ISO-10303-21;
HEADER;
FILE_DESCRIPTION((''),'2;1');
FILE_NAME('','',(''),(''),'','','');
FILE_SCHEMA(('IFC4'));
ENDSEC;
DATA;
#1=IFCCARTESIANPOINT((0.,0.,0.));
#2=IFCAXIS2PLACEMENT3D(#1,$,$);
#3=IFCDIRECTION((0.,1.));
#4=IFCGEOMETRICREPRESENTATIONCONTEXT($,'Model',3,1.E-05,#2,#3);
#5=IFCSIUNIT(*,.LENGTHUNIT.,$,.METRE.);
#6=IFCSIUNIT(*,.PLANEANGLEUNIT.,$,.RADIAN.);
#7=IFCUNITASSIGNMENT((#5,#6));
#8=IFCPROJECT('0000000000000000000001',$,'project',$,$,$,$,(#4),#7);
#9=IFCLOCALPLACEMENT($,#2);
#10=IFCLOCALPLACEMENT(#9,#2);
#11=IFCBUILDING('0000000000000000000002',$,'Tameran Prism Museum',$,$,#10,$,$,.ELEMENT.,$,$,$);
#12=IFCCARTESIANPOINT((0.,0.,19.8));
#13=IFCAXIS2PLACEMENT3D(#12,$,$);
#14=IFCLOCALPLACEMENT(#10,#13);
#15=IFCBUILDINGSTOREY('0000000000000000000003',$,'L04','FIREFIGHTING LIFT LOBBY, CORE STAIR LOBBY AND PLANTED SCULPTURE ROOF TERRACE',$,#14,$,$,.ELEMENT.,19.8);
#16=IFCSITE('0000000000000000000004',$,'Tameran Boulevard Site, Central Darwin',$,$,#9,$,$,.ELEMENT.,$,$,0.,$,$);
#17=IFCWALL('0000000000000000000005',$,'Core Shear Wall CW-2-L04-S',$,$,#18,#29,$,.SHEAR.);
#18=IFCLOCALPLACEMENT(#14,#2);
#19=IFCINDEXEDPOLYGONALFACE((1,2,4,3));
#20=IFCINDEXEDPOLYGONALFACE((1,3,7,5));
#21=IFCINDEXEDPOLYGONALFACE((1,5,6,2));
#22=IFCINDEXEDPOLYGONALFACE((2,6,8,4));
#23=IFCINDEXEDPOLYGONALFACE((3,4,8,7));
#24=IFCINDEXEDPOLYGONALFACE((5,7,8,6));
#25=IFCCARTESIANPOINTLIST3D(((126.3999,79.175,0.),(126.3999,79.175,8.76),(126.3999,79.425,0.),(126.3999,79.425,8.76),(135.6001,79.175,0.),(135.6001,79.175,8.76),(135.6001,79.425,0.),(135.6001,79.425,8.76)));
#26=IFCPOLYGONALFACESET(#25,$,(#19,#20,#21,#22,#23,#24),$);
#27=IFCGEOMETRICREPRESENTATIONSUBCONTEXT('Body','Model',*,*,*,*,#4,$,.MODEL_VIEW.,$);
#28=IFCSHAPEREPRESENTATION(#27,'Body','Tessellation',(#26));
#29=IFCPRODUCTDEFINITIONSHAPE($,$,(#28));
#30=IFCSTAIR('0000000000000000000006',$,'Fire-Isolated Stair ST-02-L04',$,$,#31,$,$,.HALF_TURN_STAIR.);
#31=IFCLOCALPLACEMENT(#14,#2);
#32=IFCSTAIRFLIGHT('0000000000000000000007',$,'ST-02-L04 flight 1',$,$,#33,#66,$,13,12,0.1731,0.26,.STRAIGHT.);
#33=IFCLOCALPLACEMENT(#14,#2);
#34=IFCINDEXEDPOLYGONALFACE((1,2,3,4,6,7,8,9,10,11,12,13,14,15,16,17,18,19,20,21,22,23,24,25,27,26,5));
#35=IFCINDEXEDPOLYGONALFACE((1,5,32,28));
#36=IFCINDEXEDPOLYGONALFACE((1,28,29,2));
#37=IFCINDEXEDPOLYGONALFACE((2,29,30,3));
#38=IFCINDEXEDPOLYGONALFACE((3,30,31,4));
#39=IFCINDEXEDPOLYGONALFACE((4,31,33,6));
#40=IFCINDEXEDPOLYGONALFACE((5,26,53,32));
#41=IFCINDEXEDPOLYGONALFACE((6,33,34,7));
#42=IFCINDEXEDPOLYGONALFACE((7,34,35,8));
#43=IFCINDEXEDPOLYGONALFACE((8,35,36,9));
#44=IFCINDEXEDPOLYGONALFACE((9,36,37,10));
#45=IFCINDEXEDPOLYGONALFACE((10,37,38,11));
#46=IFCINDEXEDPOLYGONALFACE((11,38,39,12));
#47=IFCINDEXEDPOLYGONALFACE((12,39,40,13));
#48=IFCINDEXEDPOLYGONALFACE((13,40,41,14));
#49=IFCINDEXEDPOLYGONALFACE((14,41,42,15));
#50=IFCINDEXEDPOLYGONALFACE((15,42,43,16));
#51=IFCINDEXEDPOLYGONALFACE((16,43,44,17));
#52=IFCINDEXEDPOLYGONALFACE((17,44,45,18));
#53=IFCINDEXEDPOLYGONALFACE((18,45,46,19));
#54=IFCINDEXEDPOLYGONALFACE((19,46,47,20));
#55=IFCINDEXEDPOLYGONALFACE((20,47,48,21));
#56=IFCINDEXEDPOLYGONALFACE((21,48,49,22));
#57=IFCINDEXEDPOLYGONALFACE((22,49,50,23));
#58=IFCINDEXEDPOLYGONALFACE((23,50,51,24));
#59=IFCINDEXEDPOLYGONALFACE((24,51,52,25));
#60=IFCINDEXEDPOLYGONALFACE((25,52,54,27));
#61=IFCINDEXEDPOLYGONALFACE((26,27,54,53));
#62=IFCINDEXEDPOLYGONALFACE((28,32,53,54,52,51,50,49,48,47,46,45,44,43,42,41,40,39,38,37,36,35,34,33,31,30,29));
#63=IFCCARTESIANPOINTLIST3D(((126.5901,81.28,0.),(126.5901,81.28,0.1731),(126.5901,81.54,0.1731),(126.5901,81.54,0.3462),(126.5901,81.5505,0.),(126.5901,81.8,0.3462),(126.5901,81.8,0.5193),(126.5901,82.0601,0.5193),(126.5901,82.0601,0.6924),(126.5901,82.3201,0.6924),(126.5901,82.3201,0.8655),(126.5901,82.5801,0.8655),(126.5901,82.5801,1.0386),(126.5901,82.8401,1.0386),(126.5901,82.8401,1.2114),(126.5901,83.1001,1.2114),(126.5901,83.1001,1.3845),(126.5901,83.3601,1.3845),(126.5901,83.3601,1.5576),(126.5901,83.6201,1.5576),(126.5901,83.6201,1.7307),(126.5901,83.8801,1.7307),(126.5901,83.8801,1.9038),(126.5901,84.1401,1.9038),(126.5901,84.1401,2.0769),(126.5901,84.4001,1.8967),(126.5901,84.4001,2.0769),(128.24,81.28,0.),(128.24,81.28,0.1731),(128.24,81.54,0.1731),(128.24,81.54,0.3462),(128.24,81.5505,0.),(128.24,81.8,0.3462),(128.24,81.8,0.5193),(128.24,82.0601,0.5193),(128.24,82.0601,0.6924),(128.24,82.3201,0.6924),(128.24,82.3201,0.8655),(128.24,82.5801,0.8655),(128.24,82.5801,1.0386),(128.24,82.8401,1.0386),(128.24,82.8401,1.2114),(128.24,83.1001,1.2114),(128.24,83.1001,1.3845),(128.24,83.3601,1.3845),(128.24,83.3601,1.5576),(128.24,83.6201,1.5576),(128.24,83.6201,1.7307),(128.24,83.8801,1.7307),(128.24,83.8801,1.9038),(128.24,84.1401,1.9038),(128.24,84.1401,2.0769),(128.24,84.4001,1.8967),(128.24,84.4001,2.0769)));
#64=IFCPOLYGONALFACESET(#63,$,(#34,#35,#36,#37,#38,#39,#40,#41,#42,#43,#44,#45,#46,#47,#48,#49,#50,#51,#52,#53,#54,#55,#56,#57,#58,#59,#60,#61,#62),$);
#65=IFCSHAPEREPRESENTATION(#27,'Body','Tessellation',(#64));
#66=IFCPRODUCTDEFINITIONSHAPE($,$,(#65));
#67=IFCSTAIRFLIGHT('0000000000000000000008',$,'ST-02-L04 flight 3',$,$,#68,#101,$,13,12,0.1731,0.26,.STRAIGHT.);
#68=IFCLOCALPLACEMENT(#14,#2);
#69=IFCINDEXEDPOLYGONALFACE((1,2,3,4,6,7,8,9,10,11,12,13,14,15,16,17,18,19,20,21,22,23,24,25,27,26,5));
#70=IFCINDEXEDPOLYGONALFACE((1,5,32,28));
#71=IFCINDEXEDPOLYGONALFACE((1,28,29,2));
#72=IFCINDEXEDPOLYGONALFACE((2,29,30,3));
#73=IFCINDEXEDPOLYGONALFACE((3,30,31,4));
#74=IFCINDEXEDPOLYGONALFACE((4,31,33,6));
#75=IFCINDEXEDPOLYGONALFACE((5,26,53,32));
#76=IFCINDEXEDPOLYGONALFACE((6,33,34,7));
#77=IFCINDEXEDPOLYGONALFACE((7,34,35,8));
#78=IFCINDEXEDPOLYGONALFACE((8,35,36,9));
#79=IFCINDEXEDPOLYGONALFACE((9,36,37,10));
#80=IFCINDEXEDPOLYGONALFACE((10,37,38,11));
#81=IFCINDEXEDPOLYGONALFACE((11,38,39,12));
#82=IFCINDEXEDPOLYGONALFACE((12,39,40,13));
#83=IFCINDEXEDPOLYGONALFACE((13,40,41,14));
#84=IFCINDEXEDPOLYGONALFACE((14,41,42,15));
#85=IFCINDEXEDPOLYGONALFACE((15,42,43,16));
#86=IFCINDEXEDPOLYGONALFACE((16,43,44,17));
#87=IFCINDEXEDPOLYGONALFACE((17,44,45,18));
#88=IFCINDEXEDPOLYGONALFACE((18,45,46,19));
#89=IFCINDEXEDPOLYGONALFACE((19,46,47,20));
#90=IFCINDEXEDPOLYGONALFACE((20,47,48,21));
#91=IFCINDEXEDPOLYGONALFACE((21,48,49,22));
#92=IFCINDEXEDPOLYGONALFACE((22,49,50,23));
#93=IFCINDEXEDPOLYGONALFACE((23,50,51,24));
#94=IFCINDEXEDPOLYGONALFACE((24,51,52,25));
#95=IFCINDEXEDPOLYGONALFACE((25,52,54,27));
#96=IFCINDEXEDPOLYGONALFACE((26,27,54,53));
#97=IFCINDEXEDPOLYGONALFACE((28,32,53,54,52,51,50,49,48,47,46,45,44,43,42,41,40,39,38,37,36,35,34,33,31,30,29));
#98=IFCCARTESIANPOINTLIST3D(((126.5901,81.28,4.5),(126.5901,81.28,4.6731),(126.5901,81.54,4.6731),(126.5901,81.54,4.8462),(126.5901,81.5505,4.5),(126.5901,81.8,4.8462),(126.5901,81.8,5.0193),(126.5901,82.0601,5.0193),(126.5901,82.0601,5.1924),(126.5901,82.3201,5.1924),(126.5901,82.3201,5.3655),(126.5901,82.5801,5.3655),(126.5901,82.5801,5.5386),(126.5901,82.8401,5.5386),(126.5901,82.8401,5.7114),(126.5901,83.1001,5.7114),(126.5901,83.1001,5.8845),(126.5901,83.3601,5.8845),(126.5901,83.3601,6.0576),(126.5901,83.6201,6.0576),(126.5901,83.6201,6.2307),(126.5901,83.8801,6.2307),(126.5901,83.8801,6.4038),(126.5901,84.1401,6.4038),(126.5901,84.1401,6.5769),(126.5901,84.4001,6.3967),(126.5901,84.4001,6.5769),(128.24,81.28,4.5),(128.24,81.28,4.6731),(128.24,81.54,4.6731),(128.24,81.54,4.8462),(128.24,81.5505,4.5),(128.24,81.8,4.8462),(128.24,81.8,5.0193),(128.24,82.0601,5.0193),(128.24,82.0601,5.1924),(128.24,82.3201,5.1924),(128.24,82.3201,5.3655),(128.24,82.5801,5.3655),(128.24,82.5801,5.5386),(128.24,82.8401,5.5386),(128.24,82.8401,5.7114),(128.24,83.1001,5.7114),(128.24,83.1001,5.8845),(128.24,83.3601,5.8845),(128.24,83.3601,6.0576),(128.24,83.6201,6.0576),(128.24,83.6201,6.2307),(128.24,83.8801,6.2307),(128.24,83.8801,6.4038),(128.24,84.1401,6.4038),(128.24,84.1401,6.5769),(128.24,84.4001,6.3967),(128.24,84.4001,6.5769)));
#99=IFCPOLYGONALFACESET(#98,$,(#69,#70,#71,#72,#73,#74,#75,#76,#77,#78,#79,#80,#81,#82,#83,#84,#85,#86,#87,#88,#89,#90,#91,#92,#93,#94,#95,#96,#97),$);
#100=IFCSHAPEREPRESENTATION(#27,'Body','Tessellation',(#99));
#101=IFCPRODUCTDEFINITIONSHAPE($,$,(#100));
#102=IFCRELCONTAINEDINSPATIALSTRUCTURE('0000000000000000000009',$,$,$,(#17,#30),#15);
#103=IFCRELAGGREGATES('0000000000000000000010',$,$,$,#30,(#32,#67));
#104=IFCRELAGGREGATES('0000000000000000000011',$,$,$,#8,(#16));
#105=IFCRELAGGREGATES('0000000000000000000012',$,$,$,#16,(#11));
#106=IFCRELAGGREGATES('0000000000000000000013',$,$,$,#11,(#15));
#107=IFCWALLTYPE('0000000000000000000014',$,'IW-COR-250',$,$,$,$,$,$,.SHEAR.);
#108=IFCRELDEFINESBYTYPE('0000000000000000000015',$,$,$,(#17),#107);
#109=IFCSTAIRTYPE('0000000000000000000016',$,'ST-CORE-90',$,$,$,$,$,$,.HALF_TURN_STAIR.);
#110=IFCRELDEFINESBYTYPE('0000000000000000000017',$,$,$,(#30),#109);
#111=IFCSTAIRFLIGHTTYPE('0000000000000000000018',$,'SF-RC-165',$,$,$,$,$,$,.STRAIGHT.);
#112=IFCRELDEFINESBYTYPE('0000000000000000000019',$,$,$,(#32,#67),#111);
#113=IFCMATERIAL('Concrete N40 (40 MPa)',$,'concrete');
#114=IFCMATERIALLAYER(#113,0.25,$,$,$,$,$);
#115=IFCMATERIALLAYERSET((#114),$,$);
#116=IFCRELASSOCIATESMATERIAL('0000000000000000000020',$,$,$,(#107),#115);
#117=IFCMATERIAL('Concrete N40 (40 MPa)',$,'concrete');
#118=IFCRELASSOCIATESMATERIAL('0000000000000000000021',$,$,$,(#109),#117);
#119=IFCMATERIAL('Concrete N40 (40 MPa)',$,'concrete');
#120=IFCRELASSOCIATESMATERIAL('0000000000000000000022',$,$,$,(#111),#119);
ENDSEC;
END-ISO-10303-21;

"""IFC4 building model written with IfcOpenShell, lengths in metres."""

from ifc_helpers import new_model, si_unit, direction, frame, frame_2d, origin, place, context, subcontext, project, spatial, polyline, rectangle, outline, extrude, material, layer, layer_set, type_object, element, aggregate, save


model = new_model("IFC4")

# Units and contexts
model_context = context("Model", 3, precision=1e-05, world=origin(), true_north=direction((0.0, 1.0)))
body_context = subcontext(model_context, "Body", "Model", "MODEL_VIEW")
ifc_project = project(units=[si_unit("LENGTHUNIT", "METRE"), si_unit("PLANEANGLEUNIT", "RADIAN")], contexts=[model_context])

# Site, building, storey
site_placement = place(None, origin())
site = spatial("IfcSite", under=ifc_project, at=site_placement, Name="Tameran Boulevard Site, Central Darwin", CompositionType="ELEMENT", RefElevation=0.0)
building_placement = place(site_placement, origin())
building = spatial("IfcBuilding", under=site, at=building_placement, Name="Tameran Prism Museum", CompositionType="ELEMENT")
storey_placement = place(building_placement, frame((0.0, 0.0, 19.8)))
storey = spatial("IfcBuildingStorey", under=building, at=storey_placement, Name="L04", Description="FIREFIGHTING LIFT LOBBY, CORE STAIR LOBBY AND PLANTED SCULPTURE ROOF TERRACE", CompositionType="ELEMENT", Elevation=19.8)

# Wall
ifc_material_1 = material(Name="Concrete N40 (40 MPa)", Category="concrete")
ifc_layer_1 = layer(ifc_material_1, 0.25)
ifc_layer_set_1 = layer_set([ifc_layer_1])
wall_type_1 = type_object("IfcWallType", Name="IW-COR-250", PredefinedType="SHEAR", material=ifc_layer_set_1)
wall_1_placement = place(storey_placement, frame((135.6001, 79.3, 0.0), z_axis=(0.0, 0.0, 1.0), x_axis=(-1.0, 0.0, 0.0)))
element("IfcWall", 1, at=wall_1_placement, inside=storey, type_object=wall_type_1, Name="Core Shear Wall CW-2-L04-S", PredefinedType="SHEAR", context=body_context, shape_type="SweptSolid", body=[
    extrude(rectangle(XDim=9.2002, YDim=0.25, at=frame_2d((4.6001, 0.0))), origin(), (0.0, 0.0, 1.0), 8.76),
])

# Stair, stair flights
ifc_material_2 = material(Name="Concrete N40 (40 MPa)", Category="concrete")
stair_type = type_object("IfcStairType", Name="ST-CORE-90", PredefinedType="HALF_TURN_STAIR", material=ifc_material_2)
stair_placement = place(storey_placement, origin())
stair = element("IfcStair", 2, at=stair_placement, inside=storey, type_object=stair_type, Name="Fire-Isolated Stair ST-02-L04", PredefinedType="HALF_TURN_STAIR")
ifc_material_3 = material(Name="Concrete N40 (40 MPa)", Category="concrete")
stair_flight_type = type_object("IfcStairFlightType", Name="SF-RC-165", PredefinedType="STRAIGHT", material=ifc_material_3)
stair_flight_1_placement = place(storey_placement, frame((127.415, 81.28, 0.0), z_axis=(0.0, 0.0, 1.0), x_axis=(0.0, 1.0, 0.0)))
stair_flight_1 = element("IfcStairFlight", 3, at=stair_flight_1_placement, type_object=stair_flight_type, Name="ST-02-L04 flight 1", NumberOfRisers=13, NumberOfTreads=12, PredefinedType="STRAIGHT", RiserHeight=0.1731, TreadLength=0.26, context=body_context, shape_type="SweptSolid", body=[
    extrude(outline(polyline([(0.0, 0.0), (0.0, 0.1731), (0.26, 0.1731), (0.26, 0.3462), (0.52, 0.3462), (0.52, 0.5193), (0.78, 0.5193), (0.78, 0.6924), (1.04, 0.6924), (1.04, 0.8655), (1.3, 0.8655), (1.3, 1.0386), (1.5601, 1.0386), (1.5601, 1.2114), (1.8201, 1.2114), (1.8201, 1.3845), (2.0801, 1.3845), (2.0801, 1.5576), (2.3401, 1.5576), (2.3401, 1.7307), (2.6001, 1.7307), (2.6001, 1.9038), (2.8601, 1.9038), (2.8601, 2.0769), (3.1201, 2.0769), (3.1201, 2.25), (3.1201, 1.8967), (0.2705, 0.0), (0.0, 0.0)])), frame((0.0, 0.825, 0.0), z_axis=(0.0, -1.0, 0.0), x_axis=(1.0, 0.0, 0.0)), (0.0, 0.0, 1.0), 1.6499),
])
stair_flight_2_placement = place(storey_placement, frame((127.415, 81.28, 4.5), z_axis=(0.0, 0.0, 1.0), x_axis=(0.0, 1.0, 0.0)))
stair_flight_2 = element("IfcStairFlight", 4, at=stair_flight_2_placement, type_object=stair_flight_type, Name="ST-02-L04 flight 3", NumberOfRisers=13, NumberOfTreads=12, PredefinedType="STRAIGHT", RiserHeight=0.1731, TreadLength=0.26, context=body_context, shape_type="SweptSolid", body=[
    extrude(outline(polyline([(0.0, 0.0), (0.0, 0.1731), (0.26, 0.1731), (0.26, 0.3462), (0.52, 0.3462), (0.52, 0.5193), (0.78, 0.5193), (0.78, 0.6924), (1.04, 0.6924), (1.04, 0.8655), (1.3, 0.8655), (1.3, 1.0386), (1.5601, 1.0386), (1.5601, 1.2114), (1.8201, 1.2114), (1.8201, 1.3845), (2.0801, 1.3845), (2.0801, 1.5576), (2.3401, 1.5576), (2.3401, 1.7307), (2.6001, 1.7307), (2.6001, 1.9038), (2.8601, 1.9038), (2.8601, 2.0769), (3.1201, 2.0769), (3.1201, 2.25), (3.1201, 1.8967), (0.2705, 0.0), (0.0, 0.0)])), frame((0.0, 0.825, 0.0), z_axis=(0.0, -1.0, 0.0), x_axis=(1.0, 0.0, 0.0)), (0.0, 0.0, 1.0), 1.6499),
])
aggregate(stair, [stair_flight_1, stair_flight_2])

save(model, "model.ifc")
